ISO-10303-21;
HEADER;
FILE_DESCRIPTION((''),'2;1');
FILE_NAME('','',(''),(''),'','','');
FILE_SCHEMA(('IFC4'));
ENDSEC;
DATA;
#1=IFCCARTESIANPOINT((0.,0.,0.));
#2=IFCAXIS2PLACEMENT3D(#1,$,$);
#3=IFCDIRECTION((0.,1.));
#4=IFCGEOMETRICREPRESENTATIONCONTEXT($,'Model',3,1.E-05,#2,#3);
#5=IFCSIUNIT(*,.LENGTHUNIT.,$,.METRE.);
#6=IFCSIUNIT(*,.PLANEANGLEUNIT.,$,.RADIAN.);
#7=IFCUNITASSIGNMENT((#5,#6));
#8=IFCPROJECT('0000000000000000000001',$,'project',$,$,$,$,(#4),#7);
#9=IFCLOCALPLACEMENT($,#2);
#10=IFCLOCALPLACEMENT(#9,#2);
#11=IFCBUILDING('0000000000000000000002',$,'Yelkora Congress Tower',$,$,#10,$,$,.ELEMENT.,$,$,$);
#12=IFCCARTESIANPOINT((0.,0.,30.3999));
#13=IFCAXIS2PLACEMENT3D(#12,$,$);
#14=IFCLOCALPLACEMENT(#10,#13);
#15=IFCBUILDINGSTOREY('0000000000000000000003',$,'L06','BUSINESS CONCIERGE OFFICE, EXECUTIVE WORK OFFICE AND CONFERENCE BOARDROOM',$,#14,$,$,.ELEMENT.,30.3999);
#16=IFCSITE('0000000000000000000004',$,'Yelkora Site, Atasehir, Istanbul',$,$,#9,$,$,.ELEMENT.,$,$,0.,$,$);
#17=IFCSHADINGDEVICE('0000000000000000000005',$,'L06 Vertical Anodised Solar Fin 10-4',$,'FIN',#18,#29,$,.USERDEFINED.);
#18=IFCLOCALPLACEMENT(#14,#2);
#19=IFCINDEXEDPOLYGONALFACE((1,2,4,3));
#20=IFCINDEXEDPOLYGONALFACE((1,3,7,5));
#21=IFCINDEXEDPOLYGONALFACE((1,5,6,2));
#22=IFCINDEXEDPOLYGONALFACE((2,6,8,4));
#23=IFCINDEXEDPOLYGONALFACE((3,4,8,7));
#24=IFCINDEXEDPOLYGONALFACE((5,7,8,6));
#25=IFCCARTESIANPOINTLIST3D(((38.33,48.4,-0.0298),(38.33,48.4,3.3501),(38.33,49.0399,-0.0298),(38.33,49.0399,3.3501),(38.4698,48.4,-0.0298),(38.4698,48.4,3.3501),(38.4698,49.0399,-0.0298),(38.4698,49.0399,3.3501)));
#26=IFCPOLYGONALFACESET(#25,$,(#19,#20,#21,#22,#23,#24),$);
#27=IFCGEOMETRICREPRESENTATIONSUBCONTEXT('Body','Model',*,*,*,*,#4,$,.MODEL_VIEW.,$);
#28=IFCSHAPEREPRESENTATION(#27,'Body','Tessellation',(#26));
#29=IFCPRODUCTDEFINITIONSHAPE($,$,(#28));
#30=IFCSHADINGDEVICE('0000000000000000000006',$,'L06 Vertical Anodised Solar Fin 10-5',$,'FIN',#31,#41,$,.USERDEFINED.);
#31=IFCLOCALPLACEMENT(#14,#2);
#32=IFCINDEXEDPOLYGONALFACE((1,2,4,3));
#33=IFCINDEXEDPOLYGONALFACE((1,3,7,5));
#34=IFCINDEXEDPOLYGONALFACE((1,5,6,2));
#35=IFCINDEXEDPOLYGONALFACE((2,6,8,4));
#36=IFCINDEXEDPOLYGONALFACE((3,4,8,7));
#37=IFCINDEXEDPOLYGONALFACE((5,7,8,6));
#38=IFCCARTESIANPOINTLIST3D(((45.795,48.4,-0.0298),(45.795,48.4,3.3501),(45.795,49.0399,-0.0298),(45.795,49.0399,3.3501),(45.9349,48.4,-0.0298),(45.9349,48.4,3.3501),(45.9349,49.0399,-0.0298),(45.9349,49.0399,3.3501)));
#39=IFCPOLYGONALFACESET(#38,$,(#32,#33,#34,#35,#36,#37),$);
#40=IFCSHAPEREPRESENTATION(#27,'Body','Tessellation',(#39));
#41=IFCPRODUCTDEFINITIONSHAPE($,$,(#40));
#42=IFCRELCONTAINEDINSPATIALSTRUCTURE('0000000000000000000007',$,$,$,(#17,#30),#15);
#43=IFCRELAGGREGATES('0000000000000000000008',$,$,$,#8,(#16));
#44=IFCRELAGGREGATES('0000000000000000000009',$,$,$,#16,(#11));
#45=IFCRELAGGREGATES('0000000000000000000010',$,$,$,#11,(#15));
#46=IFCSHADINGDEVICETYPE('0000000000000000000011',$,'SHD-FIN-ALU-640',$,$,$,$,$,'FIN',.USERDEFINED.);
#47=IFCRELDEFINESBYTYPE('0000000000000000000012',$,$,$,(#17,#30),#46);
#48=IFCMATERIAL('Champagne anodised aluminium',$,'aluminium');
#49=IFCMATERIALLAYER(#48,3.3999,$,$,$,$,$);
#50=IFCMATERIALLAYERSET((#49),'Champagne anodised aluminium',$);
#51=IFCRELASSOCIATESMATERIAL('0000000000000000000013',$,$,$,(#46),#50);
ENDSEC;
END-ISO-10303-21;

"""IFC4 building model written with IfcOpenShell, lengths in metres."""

from ifc_helpers import new_model, si_unit, direction, frame, origin, origin_2d, place, context, subcontext, project, spatial, rectangle, extrude, material, layer, layer_set, type_object, element, save


model = new_model("IFC4")

# Units and contexts
model_context = context("Model", 3, precision=1e-05, world=origin(), true_north=direction((0.0, 1.0)))
body_context = subcontext(model_context, "Body", "Model", "MODEL_VIEW")
ifc_project = project(units=[si_unit("LENGTHUNIT", "METRE"), si_unit("PLANEANGLEUNIT", "RADIAN")], contexts=[model_context])

# Site, building, storey
site_placement = place(None, origin())
site = spatial("IfcSite", under=ifc_project, at=site_placement, Name="Yelkora Site, Atasehir, Istanbul", CompositionType="ELEMENT", RefElevation=0.0)
building_placement = place(site_placement, origin())
building = spatial("IfcBuilding", under=site, at=building_placement, Name="Yelkora Congress Tower", CompositionType="ELEMENT")
storey_placement = place(building_placement, frame((0.0, 0.0, 30.3999)))
storey = spatial("IfcBuildingStorey", under=building, at=storey_placement, Name="L06", Description="BUSINESS CONCIERGE OFFICE, EXECUTIVE WORK OFFICE AND CONFERENCE BOARDROOM", CompositionType="ELEMENT", Elevation=30.3999)

# Shading devices
ifc_material_1 = material(Name="Champagne anodised aluminium", Category="aluminium")
ifc_layer_1 = layer(ifc_material_1, 3.3999)
ifc_layer_set_1 = layer_set([ifc_layer_1], Name="Champagne anodised aluminium")
shading_device_type = type_object("IfcShadingDeviceType", Name="SHD-FIN-ALU-640", ElementType="FIN", PredefinedType="USERDEFINED", material=ifc_layer_set_1)
for number, where, z_axis, x_axis, name in (
    (1, (38.3999, 48.72, -0.0298), (0.0, 0.0, 1.0), (1.0, 0.0, 0.0), "L06 Vertical Anodised Solar Fin 10-4"),
    (2, (45.865, 48.72, -0.0298), (0.0, 0.0, 1.0), (1.0, 0.0, 0.0), "L06 Vertical Anodised Solar Fin 10-5"),
):
    element("IfcShadingDevice", number, at=place(storey_placement, frame(where, z_axis=z_axis, x_axis=x_axis)), inside=storey, type_object=shading_device_type, Name=name, ObjectType="FIN", PredefinedType="USERDEFINED", context=body_context, shape_type="SweptSolid", body=[
        extrude(rectangle(XDim=0.1399, YDim=0.6399, at=origin_2d()), origin(), (0.0, 0.0, 1.0), 3.3799),
    ])

save(model, "model.ifc")
